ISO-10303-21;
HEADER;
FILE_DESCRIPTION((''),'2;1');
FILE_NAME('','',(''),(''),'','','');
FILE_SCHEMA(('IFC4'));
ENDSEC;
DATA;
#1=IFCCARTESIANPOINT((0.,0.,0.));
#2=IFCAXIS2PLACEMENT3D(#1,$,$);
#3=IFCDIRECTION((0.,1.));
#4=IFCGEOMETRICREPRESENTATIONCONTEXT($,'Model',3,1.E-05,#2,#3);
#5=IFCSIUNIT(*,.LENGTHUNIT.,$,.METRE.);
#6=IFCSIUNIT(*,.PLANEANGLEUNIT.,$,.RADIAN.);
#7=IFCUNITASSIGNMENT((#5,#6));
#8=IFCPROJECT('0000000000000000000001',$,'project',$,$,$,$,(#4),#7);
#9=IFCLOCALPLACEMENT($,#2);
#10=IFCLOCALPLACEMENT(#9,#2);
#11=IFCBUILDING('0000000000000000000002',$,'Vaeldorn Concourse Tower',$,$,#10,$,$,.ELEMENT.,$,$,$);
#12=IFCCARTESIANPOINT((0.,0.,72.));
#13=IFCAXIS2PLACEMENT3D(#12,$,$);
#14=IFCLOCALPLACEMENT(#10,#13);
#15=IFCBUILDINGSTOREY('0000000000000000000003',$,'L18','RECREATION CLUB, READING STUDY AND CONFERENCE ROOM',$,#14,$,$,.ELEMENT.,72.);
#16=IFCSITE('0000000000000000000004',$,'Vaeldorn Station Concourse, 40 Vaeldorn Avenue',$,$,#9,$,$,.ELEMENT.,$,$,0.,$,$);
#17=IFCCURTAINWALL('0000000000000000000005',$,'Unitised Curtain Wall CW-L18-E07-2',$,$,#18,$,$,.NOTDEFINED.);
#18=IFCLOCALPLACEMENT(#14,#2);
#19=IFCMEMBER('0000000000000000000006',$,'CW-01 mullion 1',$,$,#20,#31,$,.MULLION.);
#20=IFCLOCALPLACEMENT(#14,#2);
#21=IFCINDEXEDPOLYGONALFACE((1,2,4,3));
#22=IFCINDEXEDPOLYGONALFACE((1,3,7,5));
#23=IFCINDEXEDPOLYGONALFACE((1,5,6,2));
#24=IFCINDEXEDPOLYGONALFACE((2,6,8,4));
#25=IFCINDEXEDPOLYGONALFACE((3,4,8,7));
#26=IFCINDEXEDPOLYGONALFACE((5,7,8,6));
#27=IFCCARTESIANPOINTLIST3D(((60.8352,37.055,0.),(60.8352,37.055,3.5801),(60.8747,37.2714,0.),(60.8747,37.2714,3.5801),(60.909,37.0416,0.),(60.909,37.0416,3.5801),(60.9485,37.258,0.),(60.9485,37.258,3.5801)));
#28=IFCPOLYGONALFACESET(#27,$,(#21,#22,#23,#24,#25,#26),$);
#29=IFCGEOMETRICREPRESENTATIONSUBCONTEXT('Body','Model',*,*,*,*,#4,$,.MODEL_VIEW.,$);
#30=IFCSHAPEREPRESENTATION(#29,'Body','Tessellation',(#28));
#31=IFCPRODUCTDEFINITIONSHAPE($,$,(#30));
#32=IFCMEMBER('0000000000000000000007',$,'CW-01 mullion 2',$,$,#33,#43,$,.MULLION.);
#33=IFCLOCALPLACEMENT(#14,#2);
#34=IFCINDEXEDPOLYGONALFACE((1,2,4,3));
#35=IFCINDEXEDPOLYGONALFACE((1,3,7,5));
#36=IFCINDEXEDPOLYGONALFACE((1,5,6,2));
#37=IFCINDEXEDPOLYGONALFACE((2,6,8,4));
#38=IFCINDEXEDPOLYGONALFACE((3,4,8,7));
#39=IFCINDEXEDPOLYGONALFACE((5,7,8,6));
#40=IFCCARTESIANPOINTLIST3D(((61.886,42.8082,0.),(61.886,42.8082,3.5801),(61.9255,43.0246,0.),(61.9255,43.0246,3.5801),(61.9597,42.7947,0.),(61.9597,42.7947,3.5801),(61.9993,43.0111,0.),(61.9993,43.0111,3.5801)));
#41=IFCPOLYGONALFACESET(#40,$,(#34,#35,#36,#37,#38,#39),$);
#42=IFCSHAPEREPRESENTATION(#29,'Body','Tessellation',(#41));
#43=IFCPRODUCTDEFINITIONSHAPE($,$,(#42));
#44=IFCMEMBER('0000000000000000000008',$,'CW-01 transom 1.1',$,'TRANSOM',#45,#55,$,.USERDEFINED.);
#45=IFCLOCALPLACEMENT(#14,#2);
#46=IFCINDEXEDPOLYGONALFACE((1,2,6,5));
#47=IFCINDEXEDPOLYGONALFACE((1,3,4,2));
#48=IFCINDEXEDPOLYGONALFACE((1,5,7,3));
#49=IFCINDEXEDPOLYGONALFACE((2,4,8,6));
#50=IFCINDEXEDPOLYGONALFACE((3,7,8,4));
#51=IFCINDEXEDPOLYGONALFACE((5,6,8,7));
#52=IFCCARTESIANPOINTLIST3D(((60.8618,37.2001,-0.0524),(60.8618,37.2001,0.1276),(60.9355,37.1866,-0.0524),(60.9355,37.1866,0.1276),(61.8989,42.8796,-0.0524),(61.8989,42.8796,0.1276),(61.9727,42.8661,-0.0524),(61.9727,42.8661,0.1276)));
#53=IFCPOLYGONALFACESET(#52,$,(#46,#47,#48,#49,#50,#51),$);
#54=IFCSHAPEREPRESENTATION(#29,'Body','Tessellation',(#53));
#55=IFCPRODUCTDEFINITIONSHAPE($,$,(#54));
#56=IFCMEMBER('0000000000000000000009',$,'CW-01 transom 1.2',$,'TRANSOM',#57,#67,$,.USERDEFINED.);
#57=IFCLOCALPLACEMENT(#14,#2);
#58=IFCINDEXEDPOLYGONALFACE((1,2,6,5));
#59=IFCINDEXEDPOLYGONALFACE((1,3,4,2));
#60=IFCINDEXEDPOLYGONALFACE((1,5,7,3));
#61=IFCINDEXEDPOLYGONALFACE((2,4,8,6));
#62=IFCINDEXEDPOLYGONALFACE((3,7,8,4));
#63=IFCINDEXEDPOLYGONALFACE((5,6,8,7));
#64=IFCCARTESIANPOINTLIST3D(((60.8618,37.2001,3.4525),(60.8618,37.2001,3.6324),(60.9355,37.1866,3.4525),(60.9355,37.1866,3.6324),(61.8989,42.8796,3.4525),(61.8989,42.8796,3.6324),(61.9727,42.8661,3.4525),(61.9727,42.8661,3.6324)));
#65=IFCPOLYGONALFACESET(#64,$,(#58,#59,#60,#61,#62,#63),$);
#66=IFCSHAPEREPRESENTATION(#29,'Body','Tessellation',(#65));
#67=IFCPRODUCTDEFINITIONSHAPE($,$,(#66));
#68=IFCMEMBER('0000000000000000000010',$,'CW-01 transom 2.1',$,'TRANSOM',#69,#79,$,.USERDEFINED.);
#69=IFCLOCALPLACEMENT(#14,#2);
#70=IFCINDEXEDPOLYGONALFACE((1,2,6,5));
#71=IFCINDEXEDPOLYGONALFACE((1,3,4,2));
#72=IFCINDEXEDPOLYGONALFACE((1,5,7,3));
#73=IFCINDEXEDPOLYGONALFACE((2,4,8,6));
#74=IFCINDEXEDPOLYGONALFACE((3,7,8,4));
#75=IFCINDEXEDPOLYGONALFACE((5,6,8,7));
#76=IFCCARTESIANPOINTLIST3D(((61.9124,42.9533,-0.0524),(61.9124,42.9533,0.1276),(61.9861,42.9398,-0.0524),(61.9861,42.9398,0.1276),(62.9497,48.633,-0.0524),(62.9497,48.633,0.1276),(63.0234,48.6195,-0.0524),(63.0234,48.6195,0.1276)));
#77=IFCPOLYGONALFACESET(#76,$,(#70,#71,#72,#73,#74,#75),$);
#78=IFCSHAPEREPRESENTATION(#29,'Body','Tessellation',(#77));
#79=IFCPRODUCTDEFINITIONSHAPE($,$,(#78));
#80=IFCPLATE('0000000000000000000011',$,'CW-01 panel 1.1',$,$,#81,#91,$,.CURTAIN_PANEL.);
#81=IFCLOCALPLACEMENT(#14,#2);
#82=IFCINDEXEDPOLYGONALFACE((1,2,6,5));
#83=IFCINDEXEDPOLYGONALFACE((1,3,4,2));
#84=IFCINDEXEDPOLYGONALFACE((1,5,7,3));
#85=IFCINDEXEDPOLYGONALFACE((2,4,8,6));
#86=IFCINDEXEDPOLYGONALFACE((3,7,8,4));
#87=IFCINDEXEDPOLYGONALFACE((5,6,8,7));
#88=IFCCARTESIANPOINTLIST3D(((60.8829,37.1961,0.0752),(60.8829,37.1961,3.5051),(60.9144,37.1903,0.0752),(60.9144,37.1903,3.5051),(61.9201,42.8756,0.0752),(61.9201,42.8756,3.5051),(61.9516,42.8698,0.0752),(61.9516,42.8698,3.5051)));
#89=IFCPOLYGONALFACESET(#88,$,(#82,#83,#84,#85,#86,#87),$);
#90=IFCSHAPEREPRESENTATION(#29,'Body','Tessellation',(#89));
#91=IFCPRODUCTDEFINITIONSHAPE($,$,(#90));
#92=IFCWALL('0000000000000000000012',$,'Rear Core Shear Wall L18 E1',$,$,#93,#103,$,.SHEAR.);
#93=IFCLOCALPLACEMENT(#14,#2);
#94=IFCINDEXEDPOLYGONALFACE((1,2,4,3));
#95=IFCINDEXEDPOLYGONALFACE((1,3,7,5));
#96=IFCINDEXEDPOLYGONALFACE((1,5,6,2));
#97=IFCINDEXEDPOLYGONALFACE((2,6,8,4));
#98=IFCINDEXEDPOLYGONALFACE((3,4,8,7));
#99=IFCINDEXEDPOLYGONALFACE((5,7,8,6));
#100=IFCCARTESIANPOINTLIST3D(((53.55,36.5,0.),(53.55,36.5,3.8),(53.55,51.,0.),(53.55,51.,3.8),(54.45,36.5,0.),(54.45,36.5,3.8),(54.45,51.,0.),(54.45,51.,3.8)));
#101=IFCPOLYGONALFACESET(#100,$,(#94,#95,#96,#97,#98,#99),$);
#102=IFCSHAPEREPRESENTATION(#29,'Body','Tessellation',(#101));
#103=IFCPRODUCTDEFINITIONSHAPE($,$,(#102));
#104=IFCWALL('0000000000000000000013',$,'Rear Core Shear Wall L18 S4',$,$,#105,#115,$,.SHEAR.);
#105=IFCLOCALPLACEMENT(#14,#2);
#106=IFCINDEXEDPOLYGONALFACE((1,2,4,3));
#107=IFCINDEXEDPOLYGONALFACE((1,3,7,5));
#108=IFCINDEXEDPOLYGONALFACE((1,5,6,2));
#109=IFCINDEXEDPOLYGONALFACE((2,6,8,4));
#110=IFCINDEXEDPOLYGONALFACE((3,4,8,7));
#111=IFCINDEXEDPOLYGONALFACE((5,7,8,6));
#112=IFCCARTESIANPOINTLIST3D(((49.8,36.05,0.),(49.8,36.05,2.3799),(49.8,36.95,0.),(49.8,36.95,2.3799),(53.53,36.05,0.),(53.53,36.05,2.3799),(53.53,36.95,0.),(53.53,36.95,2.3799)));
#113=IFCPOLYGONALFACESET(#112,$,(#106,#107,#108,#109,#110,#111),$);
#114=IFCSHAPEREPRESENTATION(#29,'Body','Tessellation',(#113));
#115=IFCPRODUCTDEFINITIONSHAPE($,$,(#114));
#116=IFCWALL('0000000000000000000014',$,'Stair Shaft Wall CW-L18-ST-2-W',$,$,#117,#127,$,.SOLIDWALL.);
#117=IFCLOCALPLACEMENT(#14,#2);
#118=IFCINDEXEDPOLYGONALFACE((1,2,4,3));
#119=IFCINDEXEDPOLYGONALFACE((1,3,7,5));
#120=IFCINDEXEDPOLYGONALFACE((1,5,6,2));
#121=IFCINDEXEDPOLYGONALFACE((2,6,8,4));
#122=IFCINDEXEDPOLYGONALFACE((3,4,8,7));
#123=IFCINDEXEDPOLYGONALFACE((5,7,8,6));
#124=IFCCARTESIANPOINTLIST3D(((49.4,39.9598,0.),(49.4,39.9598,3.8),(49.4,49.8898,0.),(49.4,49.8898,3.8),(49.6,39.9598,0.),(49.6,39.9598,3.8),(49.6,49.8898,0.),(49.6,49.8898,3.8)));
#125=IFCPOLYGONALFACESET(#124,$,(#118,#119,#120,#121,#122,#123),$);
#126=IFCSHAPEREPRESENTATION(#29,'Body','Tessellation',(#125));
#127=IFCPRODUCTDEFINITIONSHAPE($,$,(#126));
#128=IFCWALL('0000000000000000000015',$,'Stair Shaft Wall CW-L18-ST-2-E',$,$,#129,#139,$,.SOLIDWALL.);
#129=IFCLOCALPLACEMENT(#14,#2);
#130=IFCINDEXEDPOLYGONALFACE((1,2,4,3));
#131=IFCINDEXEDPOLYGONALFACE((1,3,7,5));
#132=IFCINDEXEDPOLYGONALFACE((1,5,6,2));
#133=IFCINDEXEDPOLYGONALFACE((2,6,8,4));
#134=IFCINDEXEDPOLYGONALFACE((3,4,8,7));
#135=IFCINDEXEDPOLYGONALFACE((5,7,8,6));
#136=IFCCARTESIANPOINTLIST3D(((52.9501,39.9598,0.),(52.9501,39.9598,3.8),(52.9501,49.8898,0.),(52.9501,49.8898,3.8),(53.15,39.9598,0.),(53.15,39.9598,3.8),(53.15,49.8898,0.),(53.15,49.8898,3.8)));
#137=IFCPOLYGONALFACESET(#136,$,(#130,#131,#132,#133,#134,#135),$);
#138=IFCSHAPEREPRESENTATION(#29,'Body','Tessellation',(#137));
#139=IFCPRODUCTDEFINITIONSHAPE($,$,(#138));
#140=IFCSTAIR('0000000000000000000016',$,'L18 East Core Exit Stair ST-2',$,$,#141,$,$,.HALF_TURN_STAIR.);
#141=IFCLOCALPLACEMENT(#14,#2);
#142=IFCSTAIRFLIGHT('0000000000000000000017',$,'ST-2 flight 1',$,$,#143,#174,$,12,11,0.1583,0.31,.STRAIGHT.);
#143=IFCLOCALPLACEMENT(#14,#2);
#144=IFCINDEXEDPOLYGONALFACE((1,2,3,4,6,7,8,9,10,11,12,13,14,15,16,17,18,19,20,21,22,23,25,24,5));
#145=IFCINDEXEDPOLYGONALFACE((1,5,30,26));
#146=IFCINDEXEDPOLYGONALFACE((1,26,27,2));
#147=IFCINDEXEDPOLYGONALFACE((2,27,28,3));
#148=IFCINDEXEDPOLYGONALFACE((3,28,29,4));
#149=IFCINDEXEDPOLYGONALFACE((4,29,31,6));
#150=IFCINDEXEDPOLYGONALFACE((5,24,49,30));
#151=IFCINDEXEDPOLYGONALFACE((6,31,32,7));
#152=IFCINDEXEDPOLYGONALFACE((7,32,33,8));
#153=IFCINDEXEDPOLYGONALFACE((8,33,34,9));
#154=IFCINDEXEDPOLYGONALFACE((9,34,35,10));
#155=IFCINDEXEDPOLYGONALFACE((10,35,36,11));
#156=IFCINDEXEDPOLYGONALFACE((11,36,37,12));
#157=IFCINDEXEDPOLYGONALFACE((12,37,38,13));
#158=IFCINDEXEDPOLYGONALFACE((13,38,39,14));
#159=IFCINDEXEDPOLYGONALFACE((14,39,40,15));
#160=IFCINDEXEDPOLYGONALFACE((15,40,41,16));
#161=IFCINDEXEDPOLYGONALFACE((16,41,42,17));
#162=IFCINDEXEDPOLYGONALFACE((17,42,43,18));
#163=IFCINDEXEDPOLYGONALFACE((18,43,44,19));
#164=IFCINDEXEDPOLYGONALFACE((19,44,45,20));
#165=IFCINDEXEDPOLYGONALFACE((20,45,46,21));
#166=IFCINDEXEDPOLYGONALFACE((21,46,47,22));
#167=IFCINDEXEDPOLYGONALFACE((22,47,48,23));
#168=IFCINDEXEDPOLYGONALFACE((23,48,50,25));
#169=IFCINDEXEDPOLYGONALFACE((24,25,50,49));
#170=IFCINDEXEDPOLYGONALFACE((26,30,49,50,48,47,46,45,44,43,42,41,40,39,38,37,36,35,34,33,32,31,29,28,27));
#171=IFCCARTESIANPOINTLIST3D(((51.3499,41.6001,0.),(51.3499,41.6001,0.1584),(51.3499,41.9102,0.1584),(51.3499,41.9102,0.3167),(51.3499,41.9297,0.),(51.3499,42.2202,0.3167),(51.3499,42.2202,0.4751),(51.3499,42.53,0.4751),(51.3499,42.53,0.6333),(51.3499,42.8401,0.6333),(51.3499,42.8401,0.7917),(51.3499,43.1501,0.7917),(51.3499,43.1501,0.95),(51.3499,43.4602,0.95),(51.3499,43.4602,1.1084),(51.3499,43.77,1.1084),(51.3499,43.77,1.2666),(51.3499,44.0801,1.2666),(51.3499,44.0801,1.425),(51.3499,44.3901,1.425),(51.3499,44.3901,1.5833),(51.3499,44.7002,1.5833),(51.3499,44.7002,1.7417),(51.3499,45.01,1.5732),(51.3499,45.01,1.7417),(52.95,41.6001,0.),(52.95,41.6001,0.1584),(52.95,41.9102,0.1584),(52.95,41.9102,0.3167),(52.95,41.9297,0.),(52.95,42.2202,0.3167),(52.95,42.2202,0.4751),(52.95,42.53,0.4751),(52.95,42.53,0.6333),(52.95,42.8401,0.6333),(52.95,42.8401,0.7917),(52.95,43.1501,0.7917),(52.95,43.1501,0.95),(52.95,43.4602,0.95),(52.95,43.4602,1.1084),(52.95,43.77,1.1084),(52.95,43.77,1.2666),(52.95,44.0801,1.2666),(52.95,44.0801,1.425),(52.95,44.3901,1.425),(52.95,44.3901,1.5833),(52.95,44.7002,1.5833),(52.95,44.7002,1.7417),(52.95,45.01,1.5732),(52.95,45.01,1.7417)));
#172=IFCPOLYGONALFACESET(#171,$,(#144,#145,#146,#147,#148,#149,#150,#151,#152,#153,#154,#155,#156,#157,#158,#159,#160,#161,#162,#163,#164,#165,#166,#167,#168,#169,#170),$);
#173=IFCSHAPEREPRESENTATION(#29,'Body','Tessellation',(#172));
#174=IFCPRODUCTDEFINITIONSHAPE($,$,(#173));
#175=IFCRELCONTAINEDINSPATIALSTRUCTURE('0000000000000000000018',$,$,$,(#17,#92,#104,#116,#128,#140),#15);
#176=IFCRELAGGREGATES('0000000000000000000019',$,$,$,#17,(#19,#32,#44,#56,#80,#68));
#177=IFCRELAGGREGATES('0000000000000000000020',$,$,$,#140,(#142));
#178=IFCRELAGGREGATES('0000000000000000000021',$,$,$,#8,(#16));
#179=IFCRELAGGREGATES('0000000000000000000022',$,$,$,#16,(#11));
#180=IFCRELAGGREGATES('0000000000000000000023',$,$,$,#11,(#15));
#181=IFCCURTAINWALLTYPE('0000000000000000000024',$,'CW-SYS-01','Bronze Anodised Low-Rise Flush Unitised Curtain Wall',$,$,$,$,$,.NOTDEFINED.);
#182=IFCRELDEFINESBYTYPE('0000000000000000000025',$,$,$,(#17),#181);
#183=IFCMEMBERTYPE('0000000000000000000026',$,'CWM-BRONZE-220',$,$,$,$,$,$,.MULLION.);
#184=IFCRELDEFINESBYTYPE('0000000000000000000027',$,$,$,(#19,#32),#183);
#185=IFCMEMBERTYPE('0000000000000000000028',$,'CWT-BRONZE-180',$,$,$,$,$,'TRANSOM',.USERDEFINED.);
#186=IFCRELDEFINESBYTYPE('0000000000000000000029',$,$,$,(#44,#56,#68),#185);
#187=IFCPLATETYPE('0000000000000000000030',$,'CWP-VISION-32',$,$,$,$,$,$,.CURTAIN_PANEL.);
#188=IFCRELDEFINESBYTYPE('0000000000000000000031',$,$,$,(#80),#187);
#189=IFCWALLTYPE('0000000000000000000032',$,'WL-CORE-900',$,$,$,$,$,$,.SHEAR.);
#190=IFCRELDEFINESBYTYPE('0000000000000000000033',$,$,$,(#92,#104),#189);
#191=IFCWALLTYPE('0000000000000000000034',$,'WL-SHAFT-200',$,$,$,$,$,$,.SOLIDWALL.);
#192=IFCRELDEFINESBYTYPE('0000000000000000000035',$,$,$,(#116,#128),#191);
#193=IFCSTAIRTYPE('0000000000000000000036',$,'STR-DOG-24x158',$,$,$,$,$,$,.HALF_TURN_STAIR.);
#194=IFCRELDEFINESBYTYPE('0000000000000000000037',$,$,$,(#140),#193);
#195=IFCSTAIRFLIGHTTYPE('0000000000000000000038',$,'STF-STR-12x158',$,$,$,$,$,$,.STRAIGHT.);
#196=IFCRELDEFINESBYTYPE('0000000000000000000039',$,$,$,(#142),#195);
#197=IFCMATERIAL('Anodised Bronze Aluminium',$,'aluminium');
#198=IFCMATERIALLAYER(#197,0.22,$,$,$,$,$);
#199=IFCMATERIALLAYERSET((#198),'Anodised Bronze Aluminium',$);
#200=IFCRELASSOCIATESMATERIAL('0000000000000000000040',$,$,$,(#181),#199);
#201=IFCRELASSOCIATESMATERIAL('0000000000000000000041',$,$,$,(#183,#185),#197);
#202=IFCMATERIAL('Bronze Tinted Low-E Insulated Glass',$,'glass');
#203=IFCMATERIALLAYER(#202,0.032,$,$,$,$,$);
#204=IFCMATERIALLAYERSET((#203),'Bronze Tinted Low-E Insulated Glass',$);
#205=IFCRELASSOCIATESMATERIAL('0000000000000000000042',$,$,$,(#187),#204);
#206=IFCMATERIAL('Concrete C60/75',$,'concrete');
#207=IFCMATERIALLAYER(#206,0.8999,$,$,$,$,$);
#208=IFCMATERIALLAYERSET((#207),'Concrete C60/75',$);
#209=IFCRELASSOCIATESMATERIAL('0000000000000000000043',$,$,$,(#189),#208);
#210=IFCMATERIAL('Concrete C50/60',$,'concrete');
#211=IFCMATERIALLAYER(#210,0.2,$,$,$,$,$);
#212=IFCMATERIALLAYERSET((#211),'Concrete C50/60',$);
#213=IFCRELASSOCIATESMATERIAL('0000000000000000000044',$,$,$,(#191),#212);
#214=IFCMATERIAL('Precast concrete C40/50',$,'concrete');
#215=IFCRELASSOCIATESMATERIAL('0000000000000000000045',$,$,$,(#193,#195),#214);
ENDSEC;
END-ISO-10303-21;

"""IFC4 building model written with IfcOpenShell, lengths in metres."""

from ifc_helpers import new_model, si_unit, direction, frame, frame_2d, origin, origin_2d, place, context, subcontext, project, spatial, polyline, rectangle, outline, extrude, source, transform, mapped, material, layer, layer_set, material_profile, profile_set, type_object, element, aggregate, save


model = new_model("IFC4")

# Units and contexts
model_context = context("Model", 3, precision=1e-05, world=origin(), true_north=direction((0.0, 1.0)))
body_context = subcontext(model_context, "Body", "Model", "MODEL_VIEW")
ifc_project = project(units=[si_unit("LENGTHUNIT", "METRE"), si_unit("PLANEANGLEUNIT", "RADIAN")], contexts=[model_context])

# Site, building, storey
site_placement = place(None, origin())
site = spatial("IfcSite", under=ifc_project, at=site_placement, Name="Vaeldorn Station Concourse, 40 Vaeldorn Avenue", CompositionType="ELEMENT", RefElevation=0.0)
building_placement = place(site_placement, origin())
building = spatial("IfcBuilding", under=site, at=building_placement, Name="Vaeldorn Concourse Tower", CompositionType="ELEMENT")
storey_placement = place(building_placement, frame((0.0, 0.0, 72.0)))
storey = spatial("IfcBuildingStorey", under=building, at=storey_placement, Name="L18", Description="RECREATION CLUB, READING STUDY AND CONFERENCE ROOM", CompositionType="ELEMENT", Elevation=72.0)

# Shared definitions
ifc_material_1 = material(Name="Concrete C60/75", Category="concrete")

# Curtain wall, members, plate
ifc_material_2 = material(Name="Anodised Bronze Aluminium", Category="aluminium")
ifc_layer_1 = layer(ifc_material_2, 0.22)
ifc_layer_set_1 = layer_set([ifc_layer_1], Name="Anodised Bronze Aluminium")
curtain_wall_type = type_object("IfcCurtainWallType", Name="CW-SYS-01", Description="Bronze Anodised Low-Rise Flush Unitised Curtain Wall", PredefinedType="NOTDEFINED", material=ifc_layer_set_1)
curtain_wall_placement = place(storey_placement, origin())
curtain_wall = element("IfcCurtainWall", 1, at=curtain_wall_placement, inside=storey, type_object=curtain_wall_type, Name="Unitised Curtain Wall CW-L18-E07-2", PredefinedType="NOTDEFINED")
ifc_material_profile_1 = material_profile(ifc_material_2, rectangle(XDim=0.075, YDim=0.22, at=origin_2d()), Name="CWM 75x220")
ifc_profile_set_1 = profile_set([ifc_material_profile_1], Name="Anodised Bronze Aluminium")
member_type_1 = type_object("IfcMemberType", Name="CWM-BRONZE-220", PredefinedType="MULLION", material=ifc_profile_set_1)
shared_shape_1 = source(origin(), body_context, "Body", "SweptSolid", [
    extrude(rectangle(XDim=0.075, YDim=0.22, at=origin_2d()), origin(), (0.0, 0.0, 1.0), 3.5801),
])
member_1_placement = place(storey_placement, frame((60.8918, 37.1565, 0.0), z_axis=(0.0, 0.0, 1.0), x_axis=(-0.98373, 0.179655, 0.0)))
member_1 = element("IfcMember", 2, at=member_1_placement, type_object=member_type_1, Name="CW-01 mullion 1", PredefinedType="MULLION", context=body_context, shape_type="MappedRepresentation", body=[
    mapped(shared_shape_1, transform((0.0, 0.0, 0.0), scale=1.0)),
])
member_2_placement = place(storey_placement, frame((61.9426, 42.9097, 0.0), z_axis=(0.0, 0.0, 1.0), x_axis=(-0.98373, 0.179655, 0.0)))
member_2 = element("IfcMember", 3, at=member_2_placement, type_object=member_type_1, Name="CW-01 mullion 2", PredefinedType="MULLION", context=body_context, shape_type="MappedRepresentation", body=[
    mapped(shared_shape_1, transform((0.0, 0.0, 0.0), scale=1.0)),
])
ifc_material_profile_2 = material_profile(ifc_material_2, rectangle(XDim=0.075, YDim=0.1799, at=origin_2d()), Name="CWT 75x180")
ifc_profile_set_2 = profile_set([ifc_material_profile_2], Name="Anodised Bronze Aluminium")
member_type_2 = type_object("IfcMemberType", Name="CWT-BRONZE-180", ElementType="TRANSOM", PredefinedType="USERDEFINED", material=ifc_profile_set_2)
shared_shape_2 = source(origin(), body_context, "Body", "SweptSolid", [
    extrude(rectangle(XDim=0.075, YDim=0.1799, at=origin_2d()), origin(), (0.0, 0.0, 1.0), 5.7734),
])
member_3_placement = place(storey_placement, frame((60.8987, 37.1934, 0.0376), z_axis=(0.179637, 0.983733, 0.0), x_axis=(-0.983733, 0.179637, 0.0)))
member_3 = element("IfcMember", 4, at=member_3_placement, type_object=member_type_2, Name="CW-01 transom 1.1", ObjectType="TRANSOM", PredefinedType="USERDEFINED", context=body_context, shape_type="MappedRepresentation", body=[
    mapped(shared_shape_2, transform((0.0, 0.0, 0.0), scale=1.0)),
])
member_4_placement = place(storey_placement, frame((60.8987, 37.1934, 3.5425), z_axis=(0.179637, 0.983733, 0.0), x_axis=(-0.983733, 0.179637, 0.0)))
member_4 = element("IfcMember", 5, at=member_4_placement, type_object=member_type_2, Name="CW-01 transom 1.2", ObjectType="TRANSOM", PredefinedType="USERDEFINED", context=body_context, shape_type="MappedRepresentation", body=[
    mapped(shared_shape_2, transform((0.0, 0.0, 0.0), scale=1.0)),
])
shared_shape_3 = source(origin(), body_context, "Body", "SweptSolid", [
    extrude(rectangle(XDim=0.075, YDim=0.1799, at=origin_2d()), origin(), (0.0, 0.0, 1.0), 5.7737),
])
member_5_placement = place(storey_placement, frame((61.9492, 42.9465, 0.0376), z_axis=(0.179671, 0.983727, 0.0), x_axis=(-0.983727, 0.179671, 0.0)))
member_5 = element("IfcMember", 6, at=member_5_placement, type_object=member_type_2, Name="CW-01 transom 2.1", ObjectType="TRANSOM", PredefinedType="USERDEFINED", context=body_context, shape_type="MappedRepresentation", body=[
    mapped(shared_shape_3, transform((0.0, 0.0, 0.0), scale=1.0)),
])
ifc_material_3 = material(Name="Bronze Tinted Low-E Insulated Glass", Category="glass")
ifc_layer_2 = layer(ifc_material_3, 0.032)
ifc_layer_set_2 = layer_set([ifc_layer_2], Name="Bronze Tinted Low-E Insulated Glass")
plate_type = type_object("IfcPlateType", Name="CWP-VISION-32", PredefinedType="CURTAIN_PANEL", material=ifc_layer_set_2)
shared_shape_4 = source(origin(), body_context, "Body", "SweptSolid", [
    extrude(rectangle(XDim=5.7734, YDim=0.032, at=origin_2d()), origin(), (0.0, 0.0, 1.0), 3.4299),
])
plate_placement = place(storey_placement, frame((61.4172, 40.033, 0.0752), z_axis=(0.0, 0.0, 1.0), x_axis=(0.179655, 0.98373, 0.0)))
plate = element("IfcPlate", 7, at=plate_placement, type_object=plate_type, Name="CW-01 panel 1.1", PredefinedType="CURTAIN_PANEL", context=body_context, shape_type="MappedRepresentation", body=[
    mapped(shared_shape_4, transform((0.0, 0.0, 0.0), scale=1.0)),
])
aggregate(curtain_wall, [member_1, member_2, member_3, member_4, plate, member_5])

# Walls
ifc_layer_3 = layer(ifc_material_1, 0.8999)
ifc_layer_set_3 = layer_set([ifc_layer_3], Name="Concrete C60/75")
wall_type_1 = type_object("IfcWallType", Name="WL-CORE-900", PredefinedType="SHEAR", material=ifc_layer_set_3)
wall_1_placement = place(storey_placement, frame((54.0, 36.5, 0.0), z_axis=(0.0, 0.0, 1.0), x_axis=(0.0, 1.0, 0.0)))
element("IfcWall", 8, at=wall_1_placement, inside=storey, type_object=wall_type_1, Name="Rear Core Shear Wall L18 E1", PredefinedType="SHEAR", context=body_context, shape_type="SweptSolid", body=[
    extrude(rectangle(XDim=14.5, YDim=0.8999, at=frame_2d((7.25, 0.0))), origin(), (0.0, 0.0, 1.0), 3.8),
])
wall_2_placement = place(storey_placement, frame((49.8, 36.5, 0.0), z_axis=(0.0, 0.0, 1.0), x_axis=(1.0, 0.0, 0.0)))
element("IfcWall", 9, at=wall_2_placement, inside=storey, type_object=wall_type_1, Name="Rear Core Shear Wall L18 S4", PredefinedType="SHEAR", context=body_context, shape_type="SweptSolid", body=[
    extrude(rectangle(XDim=3.73, YDim=0.8999, at=frame_2d((1.865, 0.0))), origin(), (0.0, 0.0, 1.0), 2.3799),
])

# Shared definitions
ifc_material_4 = material(Name="Concrete C50/60", Category="concrete")
ifc_layer_4 = layer(ifc_material_4, 0.2)
ifc_layer_set_4 = layer_set([ifc_layer_4], Name="Concrete C50/60")
wall_type_2 = type_object("IfcWallType", Name="WL-SHAFT-200", PredefinedType="SOLIDWALL", material=ifc_layer_set_4)

# Walls
for number, where, z_axis, x_axis, name in (
    (10, (49.5, 39.96, 0.0), (0.0, 0.0, 1.0), (0.0, 1.0, 0.0), "Stair Shaft Wall CW-L18-ST-2-W"),
    (11, (53.05, 39.96, 0.0), (0.0, 0.0, 1.0), (0.0, 1.0, 0.0), "Stair Shaft Wall CW-L18-ST-2-E"),
):
    element("IfcWall", number, at=place(storey_placement, frame(where, z_axis=z_axis, x_axis=x_axis)), inside=storey, type_object=wall_type_2, Name=name, PredefinedType="SOLIDWALL", context=body_context, shape_type="SweptSolid", body=[
        extrude(rectangle(XDim=9.9299, YDim=0.2, at=frame_2d((4.9648, 0.0))), origin(), (0.0, 0.0, 1.0), 3.8),
    ])

# Stair, stair flight
ifc_material_5 = material(Name="Precast concrete C40/50", Category="concrete")
stair_type = type_object("IfcStairType", Name="STR-DOG-24x158", PredefinedType="HALF_TURN_STAIR", material=ifc_material_5)
stair_placement = place(storey_placement, origin())
stair = element("IfcStair", 12, at=stair_placement, inside=storey, type_object=stair_type, Name="L18 East Core Exit Stair ST-2", PredefinedType="HALF_TURN_STAIR")
stair_flight_type = type_object("IfcStairFlightType", Name="STF-STR-12x158", PredefinedType="STRAIGHT", material=ifc_material_5)
stair_flight_placement = place(storey_placement, frame((52.1499, 41.6001, 0.0), z_axis=(0.0, 0.0, 1.0), x_axis=(0.0, 1.0, 0.0)))
stair_flight = element("IfcStairFlight", 13, at=stair_flight_placement, type_object=stair_flight_type, Name="ST-2 flight 1", NumberOfRisers=12, NumberOfTreads=11, PredefinedType="STRAIGHT", RiserHeight=0.1583, TreadLength=0.31, context=body_context, shape_type="SweptSolid", body=[
    extrude(outline(polyline([(0.0, 0.0), (0.0, 0.1584), (0.3101, 0.1584), (0.3101, 0.3167), (0.6201, 0.3167), (0.6201, 0.4751), (0.9299, 0.4751), (0.9299, 0.6333), (1.24, 0.6333), (1.24, 0.7917), (1.55, 0.7917), (1.55, 0.95), (1.8601, 0.95), (1.8601, 1.1084), (2.1699, 1.1084), (2.1699, 1.2666), (2.48, 1.2666), (2.48, 1.425), (2.79, 1.425), (2.79, 1.5833), (3.1001, 1.5833), (3.1001, 1.7417), (3.4099, 1.7417), (3.4099, 1.8999), (3.4099, 1.5732), (0.3296, 0.0), (0.0, 0.0)])), frame((0.0, 0.8, 0.0), z_axis=(0.0, -1.0, 0.0), x_axis=(1.0, 0.0, 0.0)), (0.0, 0.0, 1.0), 1.6001),
])
aggregate(stair, [stair_flight])

save(model, "model.ifc")
